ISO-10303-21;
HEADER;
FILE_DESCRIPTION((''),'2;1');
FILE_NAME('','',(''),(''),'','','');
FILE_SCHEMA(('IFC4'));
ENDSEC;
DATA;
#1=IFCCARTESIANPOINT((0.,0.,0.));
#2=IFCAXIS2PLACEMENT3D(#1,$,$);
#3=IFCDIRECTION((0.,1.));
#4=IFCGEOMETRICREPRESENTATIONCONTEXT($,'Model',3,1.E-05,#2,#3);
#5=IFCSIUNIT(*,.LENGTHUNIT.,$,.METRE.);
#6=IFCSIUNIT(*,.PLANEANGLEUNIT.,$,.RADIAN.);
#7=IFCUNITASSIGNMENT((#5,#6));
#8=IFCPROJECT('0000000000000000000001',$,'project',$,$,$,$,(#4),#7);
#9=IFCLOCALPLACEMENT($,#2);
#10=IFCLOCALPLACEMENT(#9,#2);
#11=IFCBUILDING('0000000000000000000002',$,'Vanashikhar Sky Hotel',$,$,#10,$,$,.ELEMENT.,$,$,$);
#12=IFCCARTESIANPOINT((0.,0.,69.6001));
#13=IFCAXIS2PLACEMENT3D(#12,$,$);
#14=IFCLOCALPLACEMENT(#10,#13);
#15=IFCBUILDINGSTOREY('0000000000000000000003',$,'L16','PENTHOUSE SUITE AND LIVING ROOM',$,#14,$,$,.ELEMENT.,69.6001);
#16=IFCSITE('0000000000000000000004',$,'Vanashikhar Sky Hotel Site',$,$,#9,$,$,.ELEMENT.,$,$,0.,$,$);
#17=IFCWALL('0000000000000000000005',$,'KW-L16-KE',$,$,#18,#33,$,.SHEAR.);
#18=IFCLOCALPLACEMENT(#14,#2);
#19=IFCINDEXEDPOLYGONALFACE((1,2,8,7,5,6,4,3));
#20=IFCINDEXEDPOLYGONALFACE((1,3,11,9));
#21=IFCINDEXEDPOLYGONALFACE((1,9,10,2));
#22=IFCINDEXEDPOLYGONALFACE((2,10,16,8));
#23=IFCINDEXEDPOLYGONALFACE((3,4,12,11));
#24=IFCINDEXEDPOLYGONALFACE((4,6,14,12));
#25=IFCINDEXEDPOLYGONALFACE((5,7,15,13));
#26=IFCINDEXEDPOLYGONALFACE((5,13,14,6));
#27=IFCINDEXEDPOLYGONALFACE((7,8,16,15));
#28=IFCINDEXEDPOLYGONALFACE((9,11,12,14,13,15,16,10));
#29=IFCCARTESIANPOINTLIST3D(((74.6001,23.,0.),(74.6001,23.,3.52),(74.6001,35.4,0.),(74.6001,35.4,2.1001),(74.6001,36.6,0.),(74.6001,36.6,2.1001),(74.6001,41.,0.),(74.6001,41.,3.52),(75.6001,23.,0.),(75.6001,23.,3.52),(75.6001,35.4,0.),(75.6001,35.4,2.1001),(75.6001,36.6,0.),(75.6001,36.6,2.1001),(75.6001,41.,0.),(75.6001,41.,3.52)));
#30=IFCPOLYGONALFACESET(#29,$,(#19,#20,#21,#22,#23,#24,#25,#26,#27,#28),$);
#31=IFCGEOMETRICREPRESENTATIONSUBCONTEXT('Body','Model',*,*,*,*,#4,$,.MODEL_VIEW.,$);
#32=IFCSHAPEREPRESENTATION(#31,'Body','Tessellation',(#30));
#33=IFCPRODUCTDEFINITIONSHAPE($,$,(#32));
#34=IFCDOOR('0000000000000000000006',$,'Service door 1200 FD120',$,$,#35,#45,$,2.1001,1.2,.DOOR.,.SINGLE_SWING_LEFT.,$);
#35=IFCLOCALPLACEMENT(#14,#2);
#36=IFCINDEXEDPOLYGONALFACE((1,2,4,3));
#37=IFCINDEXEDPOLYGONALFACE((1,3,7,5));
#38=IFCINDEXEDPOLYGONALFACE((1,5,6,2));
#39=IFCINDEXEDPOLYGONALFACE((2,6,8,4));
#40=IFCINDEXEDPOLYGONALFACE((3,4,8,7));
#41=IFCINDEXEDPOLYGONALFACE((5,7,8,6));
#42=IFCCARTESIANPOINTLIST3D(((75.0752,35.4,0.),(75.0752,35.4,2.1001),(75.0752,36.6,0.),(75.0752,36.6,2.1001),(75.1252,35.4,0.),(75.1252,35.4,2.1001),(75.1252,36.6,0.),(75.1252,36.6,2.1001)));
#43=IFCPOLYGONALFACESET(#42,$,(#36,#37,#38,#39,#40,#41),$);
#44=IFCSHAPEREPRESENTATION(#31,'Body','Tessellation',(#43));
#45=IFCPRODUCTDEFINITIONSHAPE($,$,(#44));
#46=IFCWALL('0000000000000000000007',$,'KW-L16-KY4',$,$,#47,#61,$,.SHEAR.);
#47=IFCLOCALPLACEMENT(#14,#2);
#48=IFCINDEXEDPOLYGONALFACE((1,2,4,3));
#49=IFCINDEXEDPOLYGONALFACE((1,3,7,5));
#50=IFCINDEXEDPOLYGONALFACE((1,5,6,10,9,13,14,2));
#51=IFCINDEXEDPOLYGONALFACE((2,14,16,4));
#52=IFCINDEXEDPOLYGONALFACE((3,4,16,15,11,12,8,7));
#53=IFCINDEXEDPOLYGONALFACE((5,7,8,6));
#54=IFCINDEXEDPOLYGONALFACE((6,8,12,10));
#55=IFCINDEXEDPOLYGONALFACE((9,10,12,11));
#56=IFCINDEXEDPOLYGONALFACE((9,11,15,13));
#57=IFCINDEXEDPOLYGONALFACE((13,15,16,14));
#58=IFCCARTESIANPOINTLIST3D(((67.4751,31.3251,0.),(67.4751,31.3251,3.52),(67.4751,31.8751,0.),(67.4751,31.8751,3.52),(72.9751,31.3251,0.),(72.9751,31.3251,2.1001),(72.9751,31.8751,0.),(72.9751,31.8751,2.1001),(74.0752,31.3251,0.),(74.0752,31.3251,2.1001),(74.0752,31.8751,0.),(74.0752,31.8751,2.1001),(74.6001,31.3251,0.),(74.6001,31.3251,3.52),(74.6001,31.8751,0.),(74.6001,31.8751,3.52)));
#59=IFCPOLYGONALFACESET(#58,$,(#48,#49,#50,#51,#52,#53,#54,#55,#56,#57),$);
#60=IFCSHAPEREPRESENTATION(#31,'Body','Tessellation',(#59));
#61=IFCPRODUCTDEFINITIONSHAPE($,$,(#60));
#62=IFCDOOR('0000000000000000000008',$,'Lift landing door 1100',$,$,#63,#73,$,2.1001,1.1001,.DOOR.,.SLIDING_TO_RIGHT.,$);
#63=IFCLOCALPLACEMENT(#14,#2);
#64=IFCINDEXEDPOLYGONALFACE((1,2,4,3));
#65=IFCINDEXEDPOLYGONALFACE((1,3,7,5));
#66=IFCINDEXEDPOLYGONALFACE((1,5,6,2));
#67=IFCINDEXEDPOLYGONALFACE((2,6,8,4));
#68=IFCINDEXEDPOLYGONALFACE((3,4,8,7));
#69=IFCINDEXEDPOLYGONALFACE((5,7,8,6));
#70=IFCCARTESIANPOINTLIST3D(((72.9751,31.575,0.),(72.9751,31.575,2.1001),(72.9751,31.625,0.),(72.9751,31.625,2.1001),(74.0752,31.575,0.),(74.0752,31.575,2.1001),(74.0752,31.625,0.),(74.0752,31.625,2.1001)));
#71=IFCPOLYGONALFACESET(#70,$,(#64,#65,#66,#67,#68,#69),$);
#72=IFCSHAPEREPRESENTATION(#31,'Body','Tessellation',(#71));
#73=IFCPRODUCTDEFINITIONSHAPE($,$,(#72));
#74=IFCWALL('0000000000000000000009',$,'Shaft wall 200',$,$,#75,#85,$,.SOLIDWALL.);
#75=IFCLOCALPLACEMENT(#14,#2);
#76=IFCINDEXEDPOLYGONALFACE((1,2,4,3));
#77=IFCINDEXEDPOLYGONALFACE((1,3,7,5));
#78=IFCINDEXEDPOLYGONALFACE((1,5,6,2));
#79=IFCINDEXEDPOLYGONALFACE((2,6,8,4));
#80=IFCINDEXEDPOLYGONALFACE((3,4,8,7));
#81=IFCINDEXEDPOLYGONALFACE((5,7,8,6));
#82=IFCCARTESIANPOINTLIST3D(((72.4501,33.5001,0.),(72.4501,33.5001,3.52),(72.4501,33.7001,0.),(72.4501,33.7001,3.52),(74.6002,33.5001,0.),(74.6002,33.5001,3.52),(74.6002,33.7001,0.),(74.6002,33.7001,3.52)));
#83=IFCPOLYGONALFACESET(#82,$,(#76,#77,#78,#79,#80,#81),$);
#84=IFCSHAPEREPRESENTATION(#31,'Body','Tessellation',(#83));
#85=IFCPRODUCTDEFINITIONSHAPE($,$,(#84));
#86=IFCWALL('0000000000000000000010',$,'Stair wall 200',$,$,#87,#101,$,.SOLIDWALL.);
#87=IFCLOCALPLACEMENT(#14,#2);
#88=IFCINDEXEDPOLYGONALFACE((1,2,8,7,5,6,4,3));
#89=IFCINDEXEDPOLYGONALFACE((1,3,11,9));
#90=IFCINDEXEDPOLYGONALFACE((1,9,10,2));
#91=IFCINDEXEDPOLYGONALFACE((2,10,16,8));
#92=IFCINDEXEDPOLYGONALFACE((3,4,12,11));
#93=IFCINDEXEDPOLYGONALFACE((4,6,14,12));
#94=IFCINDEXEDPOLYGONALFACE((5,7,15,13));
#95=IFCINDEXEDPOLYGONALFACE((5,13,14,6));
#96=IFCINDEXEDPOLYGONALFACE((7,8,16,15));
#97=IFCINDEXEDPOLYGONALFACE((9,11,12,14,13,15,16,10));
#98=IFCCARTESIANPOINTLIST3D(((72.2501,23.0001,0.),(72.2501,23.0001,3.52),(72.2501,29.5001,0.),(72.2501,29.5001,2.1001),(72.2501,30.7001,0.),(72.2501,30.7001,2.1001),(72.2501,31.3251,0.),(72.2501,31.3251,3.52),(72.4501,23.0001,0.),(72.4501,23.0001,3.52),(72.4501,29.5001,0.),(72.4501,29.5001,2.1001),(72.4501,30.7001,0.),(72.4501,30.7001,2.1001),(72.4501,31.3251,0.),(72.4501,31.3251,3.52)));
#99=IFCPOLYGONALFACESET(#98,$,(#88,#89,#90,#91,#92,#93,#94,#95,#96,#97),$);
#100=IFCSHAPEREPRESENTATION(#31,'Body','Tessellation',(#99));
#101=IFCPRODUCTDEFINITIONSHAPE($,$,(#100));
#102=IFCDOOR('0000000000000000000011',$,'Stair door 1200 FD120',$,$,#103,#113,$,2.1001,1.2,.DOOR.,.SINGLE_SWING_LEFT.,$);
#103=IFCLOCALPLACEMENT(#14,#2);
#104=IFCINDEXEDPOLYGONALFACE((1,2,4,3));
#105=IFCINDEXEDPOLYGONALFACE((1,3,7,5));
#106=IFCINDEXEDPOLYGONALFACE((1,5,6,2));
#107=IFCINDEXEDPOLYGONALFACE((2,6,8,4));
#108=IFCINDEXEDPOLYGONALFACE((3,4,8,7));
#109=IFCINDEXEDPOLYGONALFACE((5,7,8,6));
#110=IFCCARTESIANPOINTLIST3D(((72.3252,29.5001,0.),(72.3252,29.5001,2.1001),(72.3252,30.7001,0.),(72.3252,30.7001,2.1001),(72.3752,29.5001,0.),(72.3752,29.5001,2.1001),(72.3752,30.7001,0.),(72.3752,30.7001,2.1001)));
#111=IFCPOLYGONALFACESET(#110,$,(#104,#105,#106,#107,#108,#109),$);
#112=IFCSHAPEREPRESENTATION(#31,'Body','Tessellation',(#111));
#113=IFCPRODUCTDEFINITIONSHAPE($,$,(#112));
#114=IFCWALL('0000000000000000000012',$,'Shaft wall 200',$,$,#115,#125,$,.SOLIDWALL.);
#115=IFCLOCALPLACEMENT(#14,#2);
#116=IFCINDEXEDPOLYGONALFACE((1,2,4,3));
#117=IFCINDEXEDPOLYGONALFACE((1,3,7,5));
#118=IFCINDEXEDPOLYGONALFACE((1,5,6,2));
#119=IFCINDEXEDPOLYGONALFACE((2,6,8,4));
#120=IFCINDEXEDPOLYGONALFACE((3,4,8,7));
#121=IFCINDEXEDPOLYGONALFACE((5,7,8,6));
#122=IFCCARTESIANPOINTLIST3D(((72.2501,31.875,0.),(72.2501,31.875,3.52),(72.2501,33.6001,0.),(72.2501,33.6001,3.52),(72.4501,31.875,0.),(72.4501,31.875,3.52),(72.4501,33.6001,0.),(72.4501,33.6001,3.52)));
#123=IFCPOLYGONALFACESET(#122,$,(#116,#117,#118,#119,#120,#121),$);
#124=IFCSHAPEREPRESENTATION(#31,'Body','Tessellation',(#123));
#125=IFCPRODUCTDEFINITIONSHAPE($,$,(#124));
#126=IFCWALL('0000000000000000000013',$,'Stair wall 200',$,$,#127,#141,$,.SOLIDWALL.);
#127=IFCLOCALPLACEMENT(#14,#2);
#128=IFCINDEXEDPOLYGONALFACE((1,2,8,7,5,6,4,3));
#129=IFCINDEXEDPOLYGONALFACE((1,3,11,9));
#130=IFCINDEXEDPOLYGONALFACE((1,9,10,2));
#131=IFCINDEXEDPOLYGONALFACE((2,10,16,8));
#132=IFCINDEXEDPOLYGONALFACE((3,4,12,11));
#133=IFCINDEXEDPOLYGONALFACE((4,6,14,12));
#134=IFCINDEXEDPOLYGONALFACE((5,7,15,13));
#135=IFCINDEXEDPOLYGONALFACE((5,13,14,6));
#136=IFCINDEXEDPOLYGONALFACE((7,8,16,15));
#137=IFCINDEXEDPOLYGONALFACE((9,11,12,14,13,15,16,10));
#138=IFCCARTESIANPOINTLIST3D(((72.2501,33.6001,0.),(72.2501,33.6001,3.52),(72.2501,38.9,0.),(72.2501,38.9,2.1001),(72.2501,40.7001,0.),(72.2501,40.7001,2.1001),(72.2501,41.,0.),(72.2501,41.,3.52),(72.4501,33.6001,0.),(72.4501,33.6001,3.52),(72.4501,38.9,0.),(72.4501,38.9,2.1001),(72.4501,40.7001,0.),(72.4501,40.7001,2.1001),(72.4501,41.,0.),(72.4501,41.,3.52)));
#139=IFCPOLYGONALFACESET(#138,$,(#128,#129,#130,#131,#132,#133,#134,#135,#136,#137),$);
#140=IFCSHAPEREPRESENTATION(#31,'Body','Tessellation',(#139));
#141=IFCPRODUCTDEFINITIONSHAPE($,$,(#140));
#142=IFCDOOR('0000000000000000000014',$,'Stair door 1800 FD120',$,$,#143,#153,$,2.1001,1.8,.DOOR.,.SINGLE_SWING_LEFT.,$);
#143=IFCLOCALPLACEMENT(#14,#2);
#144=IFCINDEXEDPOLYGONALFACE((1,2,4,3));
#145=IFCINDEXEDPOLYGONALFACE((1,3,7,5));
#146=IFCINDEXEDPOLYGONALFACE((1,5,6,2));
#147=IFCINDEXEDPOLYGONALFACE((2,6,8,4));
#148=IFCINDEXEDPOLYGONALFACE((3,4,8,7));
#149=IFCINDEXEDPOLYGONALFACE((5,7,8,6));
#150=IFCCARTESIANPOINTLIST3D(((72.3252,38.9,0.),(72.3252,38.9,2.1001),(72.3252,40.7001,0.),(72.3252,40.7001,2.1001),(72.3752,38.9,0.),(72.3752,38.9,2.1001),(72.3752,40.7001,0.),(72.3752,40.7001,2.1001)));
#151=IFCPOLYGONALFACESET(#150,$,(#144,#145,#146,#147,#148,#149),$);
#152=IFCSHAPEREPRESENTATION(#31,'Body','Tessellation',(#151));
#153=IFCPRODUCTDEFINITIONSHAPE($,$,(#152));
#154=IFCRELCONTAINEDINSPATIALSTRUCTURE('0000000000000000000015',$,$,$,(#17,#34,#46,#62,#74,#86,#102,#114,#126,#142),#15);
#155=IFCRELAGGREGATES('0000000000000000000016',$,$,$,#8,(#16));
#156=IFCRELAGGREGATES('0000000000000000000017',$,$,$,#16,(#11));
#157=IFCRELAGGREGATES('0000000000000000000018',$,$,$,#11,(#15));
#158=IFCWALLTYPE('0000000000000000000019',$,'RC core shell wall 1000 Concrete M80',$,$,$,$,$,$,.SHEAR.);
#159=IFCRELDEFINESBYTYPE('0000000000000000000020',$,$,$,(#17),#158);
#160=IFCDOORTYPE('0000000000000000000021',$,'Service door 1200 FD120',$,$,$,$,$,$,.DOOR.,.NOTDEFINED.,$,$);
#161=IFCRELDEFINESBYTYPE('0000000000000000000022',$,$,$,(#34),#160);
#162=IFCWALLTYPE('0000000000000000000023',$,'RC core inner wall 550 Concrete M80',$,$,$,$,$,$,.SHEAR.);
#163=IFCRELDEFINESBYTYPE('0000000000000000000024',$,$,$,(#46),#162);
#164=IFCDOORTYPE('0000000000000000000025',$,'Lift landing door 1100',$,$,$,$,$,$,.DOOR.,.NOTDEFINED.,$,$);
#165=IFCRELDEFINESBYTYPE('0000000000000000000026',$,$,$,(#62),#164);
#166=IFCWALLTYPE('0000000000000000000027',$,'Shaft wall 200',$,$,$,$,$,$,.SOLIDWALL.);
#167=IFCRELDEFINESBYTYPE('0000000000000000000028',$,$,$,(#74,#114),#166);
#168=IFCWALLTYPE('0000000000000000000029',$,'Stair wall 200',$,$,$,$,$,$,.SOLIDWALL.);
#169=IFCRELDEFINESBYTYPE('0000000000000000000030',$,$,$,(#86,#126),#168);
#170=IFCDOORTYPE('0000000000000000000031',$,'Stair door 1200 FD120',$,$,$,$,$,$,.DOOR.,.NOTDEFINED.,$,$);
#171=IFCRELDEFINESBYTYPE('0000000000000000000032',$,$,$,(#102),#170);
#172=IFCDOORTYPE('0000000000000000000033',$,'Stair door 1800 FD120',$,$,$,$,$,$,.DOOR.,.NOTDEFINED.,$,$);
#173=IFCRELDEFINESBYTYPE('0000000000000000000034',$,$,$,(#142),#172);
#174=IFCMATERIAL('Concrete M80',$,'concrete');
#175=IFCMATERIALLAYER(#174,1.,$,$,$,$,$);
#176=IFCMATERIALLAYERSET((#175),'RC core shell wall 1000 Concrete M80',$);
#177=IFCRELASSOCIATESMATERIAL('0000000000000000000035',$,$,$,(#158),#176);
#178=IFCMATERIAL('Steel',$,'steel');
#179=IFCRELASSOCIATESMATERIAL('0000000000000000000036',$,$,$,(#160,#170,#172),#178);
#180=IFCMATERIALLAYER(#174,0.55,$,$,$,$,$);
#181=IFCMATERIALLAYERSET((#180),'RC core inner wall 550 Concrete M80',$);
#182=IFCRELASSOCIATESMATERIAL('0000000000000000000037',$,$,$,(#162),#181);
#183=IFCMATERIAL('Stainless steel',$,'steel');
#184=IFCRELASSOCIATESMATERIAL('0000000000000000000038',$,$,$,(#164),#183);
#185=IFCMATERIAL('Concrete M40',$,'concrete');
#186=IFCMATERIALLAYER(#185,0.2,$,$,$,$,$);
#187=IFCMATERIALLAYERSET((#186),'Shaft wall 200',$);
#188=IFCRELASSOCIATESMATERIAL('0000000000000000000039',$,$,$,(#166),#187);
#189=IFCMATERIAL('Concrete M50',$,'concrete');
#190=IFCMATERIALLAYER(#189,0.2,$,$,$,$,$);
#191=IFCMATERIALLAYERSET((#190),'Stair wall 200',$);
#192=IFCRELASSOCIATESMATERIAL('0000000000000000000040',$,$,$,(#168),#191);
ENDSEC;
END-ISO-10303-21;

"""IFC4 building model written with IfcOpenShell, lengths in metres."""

from ifc_helpers import new_model, si_unit, direction, frame, frame_2d, origin, place, context, subcontext, project, spatial, rectangle, extrude, source, transform, mapped, material, layer, layer_set, type_object, element, fill, save


model = new_model("IFC4")

# Units and contexts
model_context = context("Model", 3, precision=1e-05, world=origin(), true_north=direction((0.0, 1.0)))
body_context = subcontext(model_context, "Body", "Model", "MODEL_VIEW")
ifc_project = project(units=[si_unit("LENGTHUNIT", "METRE"), si_unit("PLANEANGLEUNIT", "RADIAN")], contexts=[model_context])

# Site, building, storey
site_placement = place(None, origin())
site = spatial("IfcSite", under=ifc_project, at=site_placement, Name="Vanashikhar Sky Hotel Site", CompositionType="ELEMENT", RefElevation=0.0)
building_placement = place(site_placement, origin())
building = spatial("IfcBuilding", under=site, at=building_placement, Name="Vanashikhar Sky Hotel", CompositionType="ELEMENT")
storey_placement = place(building_placement, frame((0.0, 0.0, 69.6001)))
storey = spatial("IfcBuildingStorey", under=building, at=storey_placement, Name="L16", Description="PENTHOUSE SUITE AND LIVING ROOM", CompositionType="ELEMENT", Elevation=69.6001)

# Walls, openings, doors
ifc_material_1 = material(Name="Concrete M80", Category="concrete")
ifc_layer_1 = layer(ifc_material_1, 1.0)
ifc_layer_set_1 = layer_set([ifc_layer_1], Name="RC core shell wall 1000 Concrete M80")
wall_type_1 = type_object("IfcWallType", Name="RC core shell wall 1000 Concrete M80", PredefinedType="SHEAR", material=ifc_layer_set_1)
shared_shape_1 = source(origin(), body_context, "Body", "SweptSolid", [
    extrude(rectangle(XDim=18.0, YDim=1.0, at=frame_2d((9.0, 0.0))), origin(), (0.0, 0.0, 1.0), 3.52),
])
wall_1_placement = place(storey_placement, frame((75.1001, 23.0, 0.0), z_axis=(0.0, 0.0, 1.0), x_axis=(0.0, 1.0, 0.0)))
wall_1 = element("IfcWall", 1, at=wall_1_placement, inside=storey, type_object=wall_type_1, Name="KW-L16-KE", PredefinedType="SHEAR", context=body_context, shape_type="MappedRepresentation", body=[
    mapped(shared_shape_1, transform((0.0, 0.0, 0.0), scale=1.0)),
])
shared_shape_2 = source(origin(), body_context, "Body", "SweptSolid", [
    extrude(rectangle(XDim=1.2, YDim=2.1001, at=frame_2d((0.6001, 1.05))), frame((0.0, 0.51, 0.0), z_axis=(0.0, -1.0, 0.0), x_axis=(1.0, 0.0, 0.0)), (0.0, 0.0, 1.0), 1.02),
])
opening_1_placement = place(wall_1_placement, frame((12.3999, 0.0, 0.0)))
opening_1 = element("IfcOpeningElement", 2, at=opening_1_placement, cuts=wall_1, PredefinedType="OPENING", context=body_context, shape_type="MappedRepresentation", body=[
    mapped(shared_shape_2, transform((0.0, 0.0, 0.0), scale=1.0)),
])
ifc_material_2 = material(Name="Steel", Category="steel")
door_type_1 = type_object("IfcDoorType", Name="Service door 1200 FD120", OperationType="NOTDEFINED", PredefinedType="DOOR", material=ifc_material_2)
shared_shape_3 = source(origin(), body_context, "Body", "SweptSolid", [
    extrude(rectangle(XDim=1.2, YDim=2.1001, at=frame_2d((0.6001, 1.05))), frame((0.0, 0.0249, 0.0), z_axis=(0.0, -1.0, 0.0), x_axis=(1.0, 0.0, 0.0)), (0.0, 0.0, 1.0), 0.05),
])
door_1_placement = place(opening_1_placement, origin())
door_1 = element("IfcDoor", 3, at=door_1_placement, inside=storey, type_object=door_type_1, Name="Service door 1200 FD120", OperationType="SINGLE_SWING_LEFT", OverallHeight=2.1001, OverallWidth=1.2, PredefinedType="DOOR", context=body_context, shape_type="MappedRepresentation", body=[
    mapped(shared_shape_3, transform((0.0, 0.0, 0.0), scale=1.0)),
])
fill(opening_1, door_1)
ifc_layer_2 = layer(ifc_material_1, 0.55)
ifc_layer_set_2 = layer_set([ifc_layer_2], Name="RC core inner wall 550 Concrete M80")
wall_type_2 = type_object("IfcWallType", Name="RC core inner wall 550 Concrete M80", PredefinedType="SHEAR", material=ifc_layer_set_2)
shared_shape_4 = source(origin(), body_context, "Body", "SweptSolid", [
    extrude(rectangle(XDim=7.125, YDim=0.55, at=frame_2d((3.5625, 0.0))), origin(), (0.0, 0.0, 1.0), 3.52),
])
wall_2_placement = place(storey_placement, frame((67.4751, 31.6001, 0.0), z_axis=(0.0, 0.0, 1.0), x_axis=(1.0, 0.0, 0.0)))
wall_2 = element("IfcWall", 4, at=wall_2_placement, inside=storey, type_object=wall_type_2, Name="KW-L16-KY4", PredefinedType="SHEAR", context=body_context, shape_type="MappedRepresentation", body=[
    mapped(shared_shape_4, transform((0.0, 0.0, 0.0), scale=1.0)),
])
shared_shape_5 = source(origin(), body_context, "Body", "SweptSolid", [
    extrude(rectangle(XDim=1.1001, YDim=2.1001, at=frame_2d((0.55, 1.05))), frame((0.0, 0.2852, 0.0), z_axis=(0.0, -1.0, 0.0), x_axis=(1.0, 0.0, 0.0)), (0.0, 0.0, 1.0), 0.5701),
])
opening_2_placement = place(wall_2_placement, frame((5.5, 0.0, 0.0)))
opening_2 = element("IfcOpeningElement", 5, at=opening_2_placement, cuts=wall_2, PredefinedType="OPENING", context=body_context, shape_type="MappedRepresentation", body=[
    mapped(shared_shape_5, transform((0.0, 0.0, 0.0), scale=1.0)),
])
ifc_material_3 = material(Name="Stainless steel", Category="steel")
door_type_2 = type_object("IfcDoorType", Name="Lift landing door 1100", OperationType="NOTDEFINED", PredefinedType="DOOR", material=ifc_material_3)
shared_shape_6 = source(origin(), body_context, "Body", "SweptSolid", [
    extrude(rectangle(XDim=1.1001, YDim=2.1001, at=frame_2d((0.55, 1.05))), frame((0.0, 0.0249, 0.0), z_axis=(0.0, -1.0, 0.0), x_axis=(1.0, 0.0, 0.0)), (0.0, 0.0, 1.0), 0.05),
])
door_2_placement = place(opening_2_placement, origin())
door_2 = element("IfcDoor", 6, at=door_2_placement, inside=storey, type_object=door_type_2, Name="Lift landing door 1100", OperationType="SLIDING_TO_RIGHT", OverallHeight=2.1001, OverallWidth=1.1001, PredefinedType="DOOR", context=body_context, shape_type="MappedRepresentation", body=[
    mapped(shared_shape_6, transform((0.0, 0.0, 0.0), scale=1.0)),
])
fill(opening_2, door_2)

# Wall
ifc_material_4 = material(Name="Concrete M40", Category="concrete")
ifc_layer_3 = layer(ifc_material_4, 0.2)
ifc_layer_set_3 = layer_set([ifc_layer_3], Name="Shaft wall 200")
wall_type_3 = type_object("IfcWallType", Name="Shaft wall 200", PredefinedType="SOLIDWALL", material=ifc_layer_set_3)
shared_shape_7 = source(origin(), body_context, "Body", "SweptSolid", [
    extrude(rectangle(XDim=2.1501, YDim=0.2, at=frame_2d((1.0752, 0.0))), origin(), (0.0, 0.0, 1.0), 3.52),
])
wall_3_placement = place(storey_placement, frame((72.45, 33.6001, 0.0), z_axis=(0.0, 0.0, 1.0), x_axis=(1.0, 0.0, 0.0)))
element("IfcWall", 7, at=wall_3_placement, inside=storey, type_object=wall_type_3, Name="Shaft wall 200", PredefinedType="SOLIDWALL", context=body_context, shape_type="MappedRepresentation", body=[
    mapped(shared_shape_7, transform((0.0, 0.0, 0.0), scale=1.0)),
])

# Wall, opening, door
ifc_material_5 = material(Name="Concrete M50", Category="concrete")
ifc_layer_4 = layer(ifc_material_5, 0.2)
ifc_layer_set_4 = layer_set([ifc_layer_4], Name="Stair wall 200")
wall_type_4 = type_object("IfcWallType", Name="Stair wall 200", PredefinedType="SOLIDWALL", material=ifc_layer_set_4)
shared_shape_8 = source(origin(), body_context, "Body", "SweptSolid", [
    extrude(rectangle(XDim=8.325, YDim=0.2, at=frame_2d((4.1626, 0.0))), origin(), (0.0, 0.0, 1.0), 3.52),
])
wall_4_placement = place(storey_placement, frame((72.3501, 23.0, 0.0), z_axis=(0.0, 0.0, 1.0), x_axis=(0.0, 1.0, 0.0)))
wall_4 = element("IfcWall", 8, at=wall_4_placement, inside=storey, type_object=wall_type_4, Name="Stair wall 200", PredefinedType="SOLIDWALL", context=body_context, shape_type="MappedRepresentation", body=[
    mapped(shared_shape_8, transform((0.0, 0.0, 0.0), scale=1.0)),
])
shared_shape_9 = source(origin(), body_context, "Body", "SweptSolid", [
    extrude(rectangle(XDim=1.2, YDim=2.1001, at=frame_2d((0.6001, 1.05))), frame((0.0, 0.1099, 0.0), z_axis=(0.0, -1.0, 0.0), x_axis=(1.0, 0.0, 0.0)), (0.0, 0.0, 1.0), 0.22),
])
opening_3_placement = place(wall_4_placement, frame((6.5, 0.0, 0.0)))
opening_3 = element("IfcOpeningElement", 9, at=opening_3_placement, cuts=wall_4, PredefinedType="OPENING", context=body_context, shape_type="MappedRepresentation", body=[
    mapped(shared_shape_9, transform((0.0, 0.0, 0.0), scale=1.0)),
])
door_type_3 = type_object("IfcDoorType", Name="Stair door 1200 FD120", OperationType="NOTDEFINED", PredefinedType="DOOR", material=ifc_material_2)
door_3_placement = place(opening_3_placement, origin())
door_3 = element("IfcDoor", 10, at=door_3_placement, inside=storey, type_object=door_type_3, Name="Stair door 1200 FD120", OperationType="SINGLE_SWING_LEFT", OverallHeight=2.1001, OverallWidth=1.2, PredefinedType="DOOR", context=body_context, shape_type="MappedRepresentation", body=[
    mapped(shared_shape_3, transform((0.0, 0.0, 0.0), scale=1.0)),
])
fill(opening_3, door_3)

# Wall
shared_shape_10 = source(origin(), body_context, "Body", "SweptSolid", [
    extrude(rectangle(XDim=1.7251, YDim=0.2, at=frame_2d((0.8625, 0.0))), origin(), (0.0, 0.0, 1.0), 3.52),
])
wall_5_placement = place(storey_placement, frame((72.3501, 31.875, 0.0), z_axis=(0.0, 0.0, 1.0), x_axis=(0.0, 1.0, 0.0)))
element("IfcWall", 11, at=wall_5_placement, inside=storey, type_object=wall_type_3, Name="Shaft wall 200", PredefinedType="SOLIDWALL", context=body_context, shape_type="MappedRepresentation", body=[
    mapped(shared_shape_10, transform((0.0, 0.0, 0.0), scale=1.0)),
])

# Wall, opening, door
shared_shape_11 = source(origin(), body_context, "Body", "SweptSolid", [
    extrude(rectangle(XDim=7.3999, YDim=0.2, at=frame_2d((3.7, 0.0))), origin(), (0.0, 0.0, 1.0), 3.52),
])
wall_6_placement = place(storey_placement, frame((72.3501, 33.6001, 0.0), z_axis=(0.0, 0.0, 1.0), x_axis=(0.0, 1.0, 0.0)))
wall_6 = element("IfcWall", 12, at=wall_6_placement, inside=storey, type_object=wall_type_4, Name="Stair wall 200", PredefinedType="SOLIDWALL", context=body_context, shape_type="MappedRepresentation", body=[
    mapped(shared_shape_11, transform((0.0, 0.0, 0.0), scale=1.0)),
])
shared_shape_12 = source(origin(), body_context, "Body", "SweptSolid", [
    extrude(rectangle(XDim=1.8, YDim=2.1001, at=frame_2d((0.8999, 1.05))), frame((0.0, 0.1099, 0.0), z_axis=(0.0, -1.0, 0.0), x_axis=(1.0, 0.0, 0.0)), (0.0, 0.0, 1.0), 0.22),
])
opening_4_placement = place(wall_6_placement, frame((5.3, 0.0, 0.0)))
opening_4 = element("IfcOpeningElement", 13, at=opening_4_placement, cuts=wall_6, PredefinedType="OPENING", context=body_context, shape_type="MappedRepresentation", body=[
    mapped(shared_shape_12, transform((0.0, 0.0, 0.0), scale=1.0)),
])
door_type_4 = type_object("IfcDoorType", Name="Stair door 1800 FD120", OperationType="NOTDEFINED", PredefinedType="DOOR", material=ifc_material_2)
shared_shape_13 = source(origin(), body_context, "Body", "SweptSolid", [
    extrude(rectangle(XDim=1.8, YDim=2.1001, at=frame_2d((0.8999, 1.05))), frame((0.0, 0.0249, 0.0), z_axis=(0.0, -1.0, 0.0), x_axis=(1.0, 0.0, 0.0)), (0.0, 0.0, 1.0), 0.05),
])
door_4_placement = place(opening_4_placement, origin())
door_4 = element("IfcDoor", 14, at=door_4_placement, inside=storey, type_object=door_type_4, Name="Stair door 1800 FD120", OperationType="SINGLE_SWING_LEFT", OverallHeight=2.1001, OverallWidth=1.8, PredefinedType="DOOR", context=body_context, shape_type="MappedRepresentation", body=[
    mapped(shared_shape_13, transform((0.0, 0.0, 0.0), scale=1.0)),
])
fill(opening_4, door_4)

save(model, "model.ifc")
